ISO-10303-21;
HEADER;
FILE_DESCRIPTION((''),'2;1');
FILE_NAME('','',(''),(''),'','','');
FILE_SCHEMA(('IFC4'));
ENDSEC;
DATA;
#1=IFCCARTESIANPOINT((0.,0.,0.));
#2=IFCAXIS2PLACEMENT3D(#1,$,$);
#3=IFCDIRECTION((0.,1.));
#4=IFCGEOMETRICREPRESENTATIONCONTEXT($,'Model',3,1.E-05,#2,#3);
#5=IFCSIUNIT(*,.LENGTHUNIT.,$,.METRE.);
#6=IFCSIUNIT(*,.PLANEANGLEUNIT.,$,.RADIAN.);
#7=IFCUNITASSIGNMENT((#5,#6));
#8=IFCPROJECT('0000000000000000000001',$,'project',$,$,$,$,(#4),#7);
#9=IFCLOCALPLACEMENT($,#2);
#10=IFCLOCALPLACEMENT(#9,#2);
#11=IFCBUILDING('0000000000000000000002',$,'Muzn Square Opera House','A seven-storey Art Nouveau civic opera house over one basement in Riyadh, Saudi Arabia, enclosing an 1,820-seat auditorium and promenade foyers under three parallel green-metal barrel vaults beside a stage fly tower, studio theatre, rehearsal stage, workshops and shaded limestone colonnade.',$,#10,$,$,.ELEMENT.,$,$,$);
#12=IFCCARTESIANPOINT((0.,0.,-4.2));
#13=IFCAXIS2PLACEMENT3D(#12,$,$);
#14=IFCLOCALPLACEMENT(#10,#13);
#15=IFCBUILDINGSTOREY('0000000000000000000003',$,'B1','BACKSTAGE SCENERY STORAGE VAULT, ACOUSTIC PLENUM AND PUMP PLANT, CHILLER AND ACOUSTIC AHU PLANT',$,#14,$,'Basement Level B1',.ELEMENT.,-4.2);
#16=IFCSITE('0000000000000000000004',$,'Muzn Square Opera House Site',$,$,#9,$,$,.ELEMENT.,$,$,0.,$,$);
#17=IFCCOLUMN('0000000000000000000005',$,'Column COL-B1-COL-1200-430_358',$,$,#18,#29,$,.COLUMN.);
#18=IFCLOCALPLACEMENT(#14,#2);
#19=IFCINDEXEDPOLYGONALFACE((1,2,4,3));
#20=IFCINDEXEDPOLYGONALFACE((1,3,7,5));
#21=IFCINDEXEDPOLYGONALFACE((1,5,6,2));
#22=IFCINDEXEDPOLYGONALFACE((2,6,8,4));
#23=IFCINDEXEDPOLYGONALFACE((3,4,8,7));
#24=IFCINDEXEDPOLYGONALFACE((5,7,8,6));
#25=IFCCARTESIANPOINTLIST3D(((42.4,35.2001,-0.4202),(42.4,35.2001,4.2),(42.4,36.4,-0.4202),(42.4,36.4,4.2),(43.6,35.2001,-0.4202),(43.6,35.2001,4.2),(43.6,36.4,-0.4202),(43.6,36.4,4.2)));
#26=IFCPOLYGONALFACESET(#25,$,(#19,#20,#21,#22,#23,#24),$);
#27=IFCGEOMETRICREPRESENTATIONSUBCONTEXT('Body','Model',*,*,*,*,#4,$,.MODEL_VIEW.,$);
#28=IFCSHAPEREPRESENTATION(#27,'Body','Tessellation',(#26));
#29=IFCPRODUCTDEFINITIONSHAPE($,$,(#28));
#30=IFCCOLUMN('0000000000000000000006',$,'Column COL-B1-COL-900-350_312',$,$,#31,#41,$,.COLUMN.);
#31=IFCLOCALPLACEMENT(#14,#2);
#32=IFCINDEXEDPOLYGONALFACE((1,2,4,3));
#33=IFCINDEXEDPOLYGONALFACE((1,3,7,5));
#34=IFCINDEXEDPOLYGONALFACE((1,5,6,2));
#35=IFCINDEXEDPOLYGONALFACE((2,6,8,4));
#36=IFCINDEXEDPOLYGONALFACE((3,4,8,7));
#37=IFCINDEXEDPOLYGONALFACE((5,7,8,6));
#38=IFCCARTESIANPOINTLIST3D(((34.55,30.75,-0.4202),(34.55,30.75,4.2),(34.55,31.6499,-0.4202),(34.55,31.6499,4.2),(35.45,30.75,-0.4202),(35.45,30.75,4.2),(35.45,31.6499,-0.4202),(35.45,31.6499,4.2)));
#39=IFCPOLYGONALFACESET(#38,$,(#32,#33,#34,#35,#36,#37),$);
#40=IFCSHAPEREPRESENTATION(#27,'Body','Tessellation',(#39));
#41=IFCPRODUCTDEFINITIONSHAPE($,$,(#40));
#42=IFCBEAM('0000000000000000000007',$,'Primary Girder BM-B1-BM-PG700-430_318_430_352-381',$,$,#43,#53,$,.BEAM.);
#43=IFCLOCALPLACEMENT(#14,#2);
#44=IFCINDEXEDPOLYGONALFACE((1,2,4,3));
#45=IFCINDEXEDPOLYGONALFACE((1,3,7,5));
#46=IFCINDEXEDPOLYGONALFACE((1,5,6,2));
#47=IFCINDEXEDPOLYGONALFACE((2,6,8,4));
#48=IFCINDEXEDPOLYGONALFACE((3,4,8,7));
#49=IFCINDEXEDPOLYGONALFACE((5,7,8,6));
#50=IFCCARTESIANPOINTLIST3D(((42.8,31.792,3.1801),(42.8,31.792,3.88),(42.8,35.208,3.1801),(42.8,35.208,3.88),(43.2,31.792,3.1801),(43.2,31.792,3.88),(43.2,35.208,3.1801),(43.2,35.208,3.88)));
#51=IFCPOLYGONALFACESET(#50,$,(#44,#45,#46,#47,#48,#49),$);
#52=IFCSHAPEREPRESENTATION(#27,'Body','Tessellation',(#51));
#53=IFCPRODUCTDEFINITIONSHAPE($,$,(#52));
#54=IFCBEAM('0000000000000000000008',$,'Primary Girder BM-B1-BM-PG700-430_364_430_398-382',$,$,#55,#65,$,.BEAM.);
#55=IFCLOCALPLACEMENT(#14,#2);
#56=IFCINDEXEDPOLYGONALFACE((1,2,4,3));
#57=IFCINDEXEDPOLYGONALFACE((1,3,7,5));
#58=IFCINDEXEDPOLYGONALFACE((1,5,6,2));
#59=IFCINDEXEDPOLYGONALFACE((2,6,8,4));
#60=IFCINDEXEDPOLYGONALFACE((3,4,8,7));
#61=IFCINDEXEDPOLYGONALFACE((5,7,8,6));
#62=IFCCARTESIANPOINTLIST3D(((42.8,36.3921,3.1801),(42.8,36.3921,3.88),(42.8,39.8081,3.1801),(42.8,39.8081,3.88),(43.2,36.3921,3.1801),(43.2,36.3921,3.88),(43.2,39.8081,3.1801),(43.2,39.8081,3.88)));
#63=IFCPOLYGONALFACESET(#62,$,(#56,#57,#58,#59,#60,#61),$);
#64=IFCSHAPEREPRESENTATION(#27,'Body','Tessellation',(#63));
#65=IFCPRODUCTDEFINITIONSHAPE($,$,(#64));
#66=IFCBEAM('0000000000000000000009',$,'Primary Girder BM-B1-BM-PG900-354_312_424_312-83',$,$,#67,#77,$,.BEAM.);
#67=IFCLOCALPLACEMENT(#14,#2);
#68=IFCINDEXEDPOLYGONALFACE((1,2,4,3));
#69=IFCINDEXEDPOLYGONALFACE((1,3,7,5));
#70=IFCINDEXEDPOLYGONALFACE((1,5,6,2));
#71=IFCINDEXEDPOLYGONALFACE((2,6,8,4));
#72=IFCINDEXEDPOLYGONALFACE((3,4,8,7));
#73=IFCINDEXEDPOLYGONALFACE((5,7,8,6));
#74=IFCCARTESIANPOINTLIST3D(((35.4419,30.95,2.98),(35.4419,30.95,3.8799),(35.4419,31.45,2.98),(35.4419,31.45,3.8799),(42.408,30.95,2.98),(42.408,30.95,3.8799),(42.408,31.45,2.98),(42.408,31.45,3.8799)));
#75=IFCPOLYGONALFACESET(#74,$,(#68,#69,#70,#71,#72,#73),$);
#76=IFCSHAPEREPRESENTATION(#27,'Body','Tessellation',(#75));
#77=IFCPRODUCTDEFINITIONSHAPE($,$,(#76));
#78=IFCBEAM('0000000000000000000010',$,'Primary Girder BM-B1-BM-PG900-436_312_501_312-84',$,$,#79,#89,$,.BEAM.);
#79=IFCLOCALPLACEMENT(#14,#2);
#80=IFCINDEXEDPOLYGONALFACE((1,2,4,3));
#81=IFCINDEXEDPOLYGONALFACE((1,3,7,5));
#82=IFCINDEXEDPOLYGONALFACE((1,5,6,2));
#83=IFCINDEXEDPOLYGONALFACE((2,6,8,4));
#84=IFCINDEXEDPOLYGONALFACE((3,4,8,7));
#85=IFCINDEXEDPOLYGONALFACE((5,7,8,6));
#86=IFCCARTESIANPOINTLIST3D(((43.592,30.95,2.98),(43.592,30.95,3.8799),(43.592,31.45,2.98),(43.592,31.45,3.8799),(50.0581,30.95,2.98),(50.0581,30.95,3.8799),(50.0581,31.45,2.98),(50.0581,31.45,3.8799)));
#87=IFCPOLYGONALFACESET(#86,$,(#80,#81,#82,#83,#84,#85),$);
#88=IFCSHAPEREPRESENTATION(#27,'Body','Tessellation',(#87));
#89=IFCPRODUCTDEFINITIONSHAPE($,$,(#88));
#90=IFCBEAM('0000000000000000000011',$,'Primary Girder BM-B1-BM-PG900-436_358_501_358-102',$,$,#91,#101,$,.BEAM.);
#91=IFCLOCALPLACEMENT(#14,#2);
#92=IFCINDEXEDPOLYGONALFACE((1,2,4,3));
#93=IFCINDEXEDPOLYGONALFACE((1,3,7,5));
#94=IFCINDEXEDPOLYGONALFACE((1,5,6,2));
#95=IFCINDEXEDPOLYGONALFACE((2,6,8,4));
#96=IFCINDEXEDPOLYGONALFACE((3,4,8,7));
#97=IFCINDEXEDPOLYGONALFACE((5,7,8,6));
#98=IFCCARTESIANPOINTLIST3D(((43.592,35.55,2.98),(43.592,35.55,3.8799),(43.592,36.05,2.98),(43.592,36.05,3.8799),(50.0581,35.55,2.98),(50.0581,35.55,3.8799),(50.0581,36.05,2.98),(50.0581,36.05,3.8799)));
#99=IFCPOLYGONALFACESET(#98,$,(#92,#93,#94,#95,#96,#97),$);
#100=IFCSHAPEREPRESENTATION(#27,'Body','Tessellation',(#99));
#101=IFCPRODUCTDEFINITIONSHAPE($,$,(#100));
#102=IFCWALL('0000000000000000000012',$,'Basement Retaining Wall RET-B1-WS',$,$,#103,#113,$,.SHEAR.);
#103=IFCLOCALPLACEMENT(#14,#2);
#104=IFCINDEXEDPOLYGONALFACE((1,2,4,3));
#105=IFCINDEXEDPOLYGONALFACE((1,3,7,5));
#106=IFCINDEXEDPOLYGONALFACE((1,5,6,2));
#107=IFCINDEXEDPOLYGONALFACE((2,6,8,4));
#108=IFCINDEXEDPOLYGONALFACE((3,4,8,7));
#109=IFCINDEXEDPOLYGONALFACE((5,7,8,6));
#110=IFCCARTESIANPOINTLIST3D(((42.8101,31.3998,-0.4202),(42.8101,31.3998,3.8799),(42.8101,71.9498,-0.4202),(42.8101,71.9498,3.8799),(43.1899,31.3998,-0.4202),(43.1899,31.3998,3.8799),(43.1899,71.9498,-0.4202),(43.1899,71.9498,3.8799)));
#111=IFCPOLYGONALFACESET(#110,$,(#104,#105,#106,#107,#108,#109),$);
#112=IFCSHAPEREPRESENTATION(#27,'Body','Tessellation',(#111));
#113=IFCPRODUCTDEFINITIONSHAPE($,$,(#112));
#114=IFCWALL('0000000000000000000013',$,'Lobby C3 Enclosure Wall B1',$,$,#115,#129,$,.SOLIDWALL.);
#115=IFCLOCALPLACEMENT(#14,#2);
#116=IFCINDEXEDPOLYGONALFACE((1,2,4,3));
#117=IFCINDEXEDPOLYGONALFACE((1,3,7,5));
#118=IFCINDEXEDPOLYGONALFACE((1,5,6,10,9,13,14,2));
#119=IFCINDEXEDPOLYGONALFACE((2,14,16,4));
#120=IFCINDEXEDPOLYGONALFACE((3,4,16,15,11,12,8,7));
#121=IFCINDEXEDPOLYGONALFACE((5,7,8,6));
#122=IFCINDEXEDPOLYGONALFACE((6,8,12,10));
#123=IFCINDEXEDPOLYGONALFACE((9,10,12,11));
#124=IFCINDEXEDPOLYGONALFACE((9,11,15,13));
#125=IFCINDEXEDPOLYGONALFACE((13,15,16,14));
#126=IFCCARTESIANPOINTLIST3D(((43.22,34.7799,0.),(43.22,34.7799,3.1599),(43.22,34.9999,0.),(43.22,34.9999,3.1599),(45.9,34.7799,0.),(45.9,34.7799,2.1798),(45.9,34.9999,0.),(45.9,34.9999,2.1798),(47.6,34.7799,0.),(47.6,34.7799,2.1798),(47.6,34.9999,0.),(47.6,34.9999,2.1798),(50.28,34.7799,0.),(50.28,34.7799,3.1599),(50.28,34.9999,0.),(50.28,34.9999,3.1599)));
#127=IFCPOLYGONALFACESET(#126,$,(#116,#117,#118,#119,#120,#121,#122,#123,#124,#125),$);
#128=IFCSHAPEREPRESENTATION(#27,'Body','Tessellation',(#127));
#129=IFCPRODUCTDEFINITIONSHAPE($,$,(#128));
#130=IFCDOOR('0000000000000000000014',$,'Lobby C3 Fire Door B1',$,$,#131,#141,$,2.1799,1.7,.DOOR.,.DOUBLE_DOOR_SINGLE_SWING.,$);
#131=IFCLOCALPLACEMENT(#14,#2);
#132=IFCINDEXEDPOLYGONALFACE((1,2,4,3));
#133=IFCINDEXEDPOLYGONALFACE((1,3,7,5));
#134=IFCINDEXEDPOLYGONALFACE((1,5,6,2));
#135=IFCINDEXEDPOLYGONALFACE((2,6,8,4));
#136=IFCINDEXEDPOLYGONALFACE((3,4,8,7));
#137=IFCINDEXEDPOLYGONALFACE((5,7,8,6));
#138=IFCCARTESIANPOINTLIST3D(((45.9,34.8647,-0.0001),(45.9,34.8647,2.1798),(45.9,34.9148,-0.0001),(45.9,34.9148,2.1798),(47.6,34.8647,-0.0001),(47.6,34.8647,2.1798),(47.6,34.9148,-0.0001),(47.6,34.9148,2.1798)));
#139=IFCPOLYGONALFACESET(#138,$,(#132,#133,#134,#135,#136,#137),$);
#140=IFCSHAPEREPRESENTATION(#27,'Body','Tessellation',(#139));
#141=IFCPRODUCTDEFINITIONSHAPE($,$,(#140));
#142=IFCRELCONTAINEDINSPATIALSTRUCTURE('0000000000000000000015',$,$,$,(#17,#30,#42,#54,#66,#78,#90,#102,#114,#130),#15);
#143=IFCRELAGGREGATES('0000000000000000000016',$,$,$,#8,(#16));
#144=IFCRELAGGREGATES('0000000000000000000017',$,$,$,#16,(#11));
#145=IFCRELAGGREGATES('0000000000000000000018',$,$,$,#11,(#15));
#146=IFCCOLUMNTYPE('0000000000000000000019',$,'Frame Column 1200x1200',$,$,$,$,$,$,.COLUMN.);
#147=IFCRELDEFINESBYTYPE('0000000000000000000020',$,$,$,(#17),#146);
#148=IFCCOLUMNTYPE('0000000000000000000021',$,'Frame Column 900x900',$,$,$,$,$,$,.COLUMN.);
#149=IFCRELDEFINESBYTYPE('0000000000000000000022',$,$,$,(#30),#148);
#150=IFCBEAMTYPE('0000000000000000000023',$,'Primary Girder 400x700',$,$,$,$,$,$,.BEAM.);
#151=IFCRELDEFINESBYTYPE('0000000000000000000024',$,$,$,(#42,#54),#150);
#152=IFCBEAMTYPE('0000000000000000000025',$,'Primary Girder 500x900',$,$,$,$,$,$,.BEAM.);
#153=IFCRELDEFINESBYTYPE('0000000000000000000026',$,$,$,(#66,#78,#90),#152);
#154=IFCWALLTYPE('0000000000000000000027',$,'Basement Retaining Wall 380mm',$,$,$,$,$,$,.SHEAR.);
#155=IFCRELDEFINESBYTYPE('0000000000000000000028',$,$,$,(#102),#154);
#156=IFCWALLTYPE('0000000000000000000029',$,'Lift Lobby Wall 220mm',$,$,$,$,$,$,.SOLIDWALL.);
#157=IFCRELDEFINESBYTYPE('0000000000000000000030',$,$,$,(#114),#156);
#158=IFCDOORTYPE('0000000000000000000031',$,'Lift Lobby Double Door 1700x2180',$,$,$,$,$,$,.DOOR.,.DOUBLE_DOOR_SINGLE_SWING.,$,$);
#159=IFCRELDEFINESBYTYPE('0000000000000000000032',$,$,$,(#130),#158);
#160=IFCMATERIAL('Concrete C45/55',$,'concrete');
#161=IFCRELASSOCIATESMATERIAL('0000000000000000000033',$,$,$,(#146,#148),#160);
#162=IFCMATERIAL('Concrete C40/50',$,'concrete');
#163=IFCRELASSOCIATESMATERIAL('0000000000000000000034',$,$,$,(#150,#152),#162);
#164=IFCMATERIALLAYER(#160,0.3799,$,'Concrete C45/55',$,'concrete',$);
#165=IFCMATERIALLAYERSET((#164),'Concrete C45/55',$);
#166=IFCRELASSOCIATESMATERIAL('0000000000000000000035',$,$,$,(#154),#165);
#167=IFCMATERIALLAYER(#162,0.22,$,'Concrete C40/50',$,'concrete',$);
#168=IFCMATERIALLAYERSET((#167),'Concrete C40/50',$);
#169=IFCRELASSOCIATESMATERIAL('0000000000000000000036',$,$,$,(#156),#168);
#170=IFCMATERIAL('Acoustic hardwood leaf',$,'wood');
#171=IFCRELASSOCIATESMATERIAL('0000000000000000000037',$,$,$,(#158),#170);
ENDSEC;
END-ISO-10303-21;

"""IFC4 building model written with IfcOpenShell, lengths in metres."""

from ifc_helpers import new_model, si_unit, direction, frame, frame_2d, origin, origin_2d, place, context, subcontext, project, spatial, rectangle, extrude, material, layer, layer_set, material_profile, profile_set, type_object, element, fill, save


model = new_model("IFC4")

# Units and contexts
model_context = context("Model", 3, precision=1e-05, world=origin(), true_north=direction((0.0, 1.0)))
body_context = subcontext(model_context, "Body", "Model", "MODEL_VIEW")
ifc_project = project(units=[si_unit("LENGTHUNIT", "METRE"), si_unit("PLANEANGLEUNIT", "RADIAN")], contexts=[model_context])

# Site, building, storey
site_placement = place(None, origin())
site = spatial("IfcSite", under=ifc_project, at=site_placement, Name="Muzn Square Opera House Site", CompositionType="ELEMENT", RefElevation=0.0)
building_placement = place(site_placement, origin())
building = spatial("IfcBuilding", under=site, at=building_placement, Name="Muzn Square Opera House", Description="A seven-storey Art Nouveau civic opera house over one basement in Riyadh, Saudi Arabia, enclosing an 1,820-seat auditorium and promenade foyers under three parallel green-metal barrel vaults beside a stage fly tower, studio theatre, rehearsal stage, workshops and shaded limestone colonnade.", CompositionType="ELEMENT")
storey_placement = place(building_placement, frame((0.0, 0.0, -4.2)))
storey = spatial("IfcBuildingStorey", under=building, at=storey_placement, Name="B1", Description="BACKSTAGE SCENERY STORAGE VAULT, ACOUSTIC PLENUM AND PUMP PLANT, CHILLER AND ACOUSTIC AHU PLANT", LongName="Basement Level B1", CompositionType="ELEMENT", Elevation=-4.2)

# Shared definitions
ifc_material_1 = material(Name="Concrete C40/50", Category="concrete")

# Columns
ifc_material_2 = material(Name="Concrete C45/55", Category="concrete")
ifc_material_profile_1 = material_profile(ifc_material_2, rectangle(XDim=1.2, YDim=1.2, at=origin_2d()), Name="RC 1200x1200", Category="concrete")
ifc_profile_set_1 = profile_set([ifc_material_profile_1], Name="Concrete C45/55")
column_type_1 = type_object("IfcColumnType", Name="Frame Column 1200x1200", PredefinedType="COLUMN", material=ifc_profile_set_1)
for number, where, z_axis, x_axis, name in (
    (1, (43.0, 35.8, -0.4202), (0.0, 0.0, 1.0), (1.0, 0.0, 0.0), "Column COL-B1-COL-1200-430_358"),
):
    element("IfcColumn", number, at=place(storey_placement, frame(where, z_axis=z_axis, x_axis=x_axis)), inside=storey, type_object=column_type_1, Name=name, PredefinedType="COLUMN", context=body_context, shape_type="SweptSolid", body=[
        extrude(rectangle(XDim=1.2, YDim=1.2, at=origin_2d()), origin(), (0.0, 0.0, 1.0), 4.6201),
    ])
ifc_material_profile_2 = material_profile(ifc_material_2, rectangle(XDim=0.8999, YDim=0.8999, at=origin_2d()), Name="RC 900x900", Category="concrete")
ifc_profile_set_2 = profile_set([ifc_material_profile_2], Name="Concrete C45/55")
column_type_2 = type_object("IfcColumnType", Name="Frame Column 900x900", PredefinedType="COLUMN", material=ifc_profile_set_2)
column_placement = place(storey_placement, frame((35.0, 31.2, -0.4202), z_axis=(0.0, 0.0, 1.0), x_axis=(1.0, 0.0, 0.0)))
element("IfcColumn", 2, at=column_placement, inside=storey, type_object=column_type_2, Name="Column COL-B1-COL-900-350_312", PredefinedType="COLUMN", context=body_context, shape_type="SweptSolid", body=[
    extrude(rectangle(XDim=0.8999, YDim=0.8999, at=origin_2d()), origin(), (0.0, 0.0, 1.0), 4.6201),
])

# Beams
ifc_material_profile_3 = material_profile(ifc_material_1, rectangle(XDim=0.3999, YDim=0.7, at=origin_2d()), Name="RCB 400x700", Category="concrete")
ifc_profile_set_3 = profile_set([ifc_material_profile_3], Name="Concrete C40/50")
beam_type_1 = type_object("IfcBeamType", Name="Primary Girder 400x700", PredefinedType="BEAM", material=ifc_profile_set_3)
for number, where, z_axis, x_axis, name in (
    (3, (43.0, 31.792, 3.53), (0.0, 1.0, 0.0), (-1.0, 0.0, 0.0), "Primary Girder BM-B1-BM-PG700-430_318_430_352-381"),
    (4, (43.0, 36.3921, 3.53), (0.0, 1.0, 0.0), (-1.0, 0.0, 0.0), "Primary Girder BM-B1-BM-PG700-430_364_430_398-382"),
):
    element("IfcBeam", number, at=place(storey_placement, frame(where, z_axis=z_axis, x_axis=x_axis)), inside=storey, type_object=beam_type_1, Name=name, PredefinedType="BEAM", context=body_context, shape_type="SweptSolid", body=[
        extrude(rectangle(XDim=0.3999, YDim=0.7, at=origin_2d()), origin(), (0.0, 0.0, 1.0), 3.416),
    ])
ifc_material_profile_4 = material_profile(ifc_material_1, rectangle(XDim=0.5, YDim=0.8999, at=origin_2d()), Name="RCB 500x900", Category="concrete")
ifc_profile_set_4 = profile_set([ifc_material_profile_4], Name="Concrete C40/50")
beam_type_2 = type_object("IfcBeamType", Name="Primary Girder 500x900", PredefinedType="BEAM", material=ifc_profile_set_4)
beam_placement = place(storey_placement, frame((35.4419, 31.2, 3.4299), z_axis=(1.0, 0.0, 0.0), x_axis=(0.0, 1.0, 0.0)))
element("IfcBeam", 5, at=beam_placement, inside=storey, type_object=beam_type_2, Name="Primary Girder BM-B1-BM-PG900-354_312_424_312-83", PredefinedType="BEAM", context=body_context, shape_type="SweptSolid", body=[
    extrude(rectangle(XDim=0.5, YDim=0.8999, at=origin_2d()), origin(), (0.0, 0.0, 1.0), 6.9661),
])
for number, where, z_axis, x_axis, name in (
    (6, (43.592, 31.2, 3.4299), (1.0, 0.0, 0.0), (0.0, 1.0, 0.0), "Primary Girder BM-B1-BM-PG900-436_312_501_312-84"),
    (7, (43.592, 35.8, 3.4299), (1.0, 0.0, 0.0), (0.0, 1.0, 0.0), "Primary Girder BM-B1-BM-PG900-436_358_501_358-102"),
):
    element("IfcBeam", number, at=place(storey_placement, frame(where, z_axis=z_axis, x_axis=x_axis)), inside=storey, type_object=beam_type_2, Name=name, PredefinedType="BEAM", context=body_context, shape_type="SweptSolid", body=[
        extrude(rectangle(XDim=0.5, YDim=0.8999, at=origin_2d()), origin(), (0.0, 0.0, 1.0), 6.4661),
    ])

# Wall
ifc_layer_1 = layer(ifc_material_2, 0.3799, Name="Concrete C45/55", Category="concrete")
ifc_layer_set_1 = layer_set([ifc_layer_1], Name="Concrete C45/55")
wall_type_1 = type_object("IfcWallType", Name="Basement Retaining Wall 380mm", PredefinedType="SHEAR", material=ifc_layer_set_1)
wall_1_placement = place(storey_placement, frame((43.0, 31.3999, -0.4202), z_axis=(0.0, 0.0, 1.0), x_axis=(0.0, 1.0, 0.0)))
element("IfcWall", 8, at=wall_1_placement, inside=storey, type_object=wall_type_1, Name="Basement Retaining Wall RET-B1-WS", PredefinedType="SHEAR", context=body_context, shape_type="SweptSolid", body=[
    extrude(rectangle(XDim=40.55, YDim=0.3799, at=frame_2d((20.2749, 0.0))), origin(), (0.0, 0.0, 1.0), 4.3),
])

# Wall, opening, door
ifc_layer_2 = layer(ifc_material_1, 0.22, Name="Concrete C40/50", Category="concrete")
ifc_layer_set_2 = layer_set([ifc_layer_2], Name="Concrete C40/50")
wall_type_2 = type_object("IfcWallType", Name="Lift Lobby Wall 220mm", PredefinedType="SOLIDWALL", material=ifc_layer_set_2)
wall_2_placement = place(storey_placement, frame((43.22, 34.8899, 0.0), z_axis=(0.0, 0.0, 1.0), x_axis=(1.0, 0.0, 0.0)))
wall_2 = element("IfcWall", 9, at=wall_2_placement, inside=storey, type_object=wall_type_2, Name="Lobby C3 Enclosure Wall B1", PredefinedType="SOLIDWALL", context=body_context, shape_type="SweptSolid", body=[
    extrude(rectangle(XDim=7.0601, YDim=0.22, at=frame_2d((3.53, 0.0))), origin(), (0.0, 0.0, 1.0), 3.1599),
])
opening_1_placement = place(wall_2_placement, frame((2.6799, 0.0, 0.0)))
opening_1 = element("IfcOpeningElement", 10, at=opening_1_placement, cuts=wall_2, PredefinedType="OPENING", context=body_context, shape_type="SweptSolid", body=[
    extrude(rectangle(XDim=1.7, YDim=2.1799, at=frame_2d((0.8501, 1.0898))), frame((0.0, 0.1199, 0.0), z_axis=(0.0, -1.0, 0.0), x_axis=(1.0, 0.0, 0.0)), (0.0, 0.0, 1.0), 0.24),
])
ifc_material_3 = material(Name="Acoustic hardwood leaf", Category="wood")
door_type_1 = type_object("IfcDoorType", Name="Lift Lobby Double Door 1700x2180", OperationType="DOUBLE_DOOR_SINGLE_SWING", PredefinedType="DOOR", material=ifc_material_3)
door_1_placement = place(opening_1_placement, origin())
door_1 = element("IfcDoor", 11, at=door_1_placement, inside=storey, type_object=door_type_1, Name="Lobby C3 Fire Door B1", OperationType="DOUBLE_DOOR_SINGLE_SWING", OverallHeight=2.1799, OverallWidth=1.7, PredefinedType="DOOR", context=body_context, shape_type="SweptSolid", body=[
    extrude(rectangle(XDim=1.7, YDim=2.1799, at=frame_2d((0.8501, 1.0898))), frame((0.0, 0.0249, 0.0), z_axis=(0.0, -1.0, 0.0), x_axis=(1.0, 0.0, 0.0)), (0.0, 0.0, 1.0), 0.05),
])
fill(opening_1, door_1)

save(model, "model.ifc")
